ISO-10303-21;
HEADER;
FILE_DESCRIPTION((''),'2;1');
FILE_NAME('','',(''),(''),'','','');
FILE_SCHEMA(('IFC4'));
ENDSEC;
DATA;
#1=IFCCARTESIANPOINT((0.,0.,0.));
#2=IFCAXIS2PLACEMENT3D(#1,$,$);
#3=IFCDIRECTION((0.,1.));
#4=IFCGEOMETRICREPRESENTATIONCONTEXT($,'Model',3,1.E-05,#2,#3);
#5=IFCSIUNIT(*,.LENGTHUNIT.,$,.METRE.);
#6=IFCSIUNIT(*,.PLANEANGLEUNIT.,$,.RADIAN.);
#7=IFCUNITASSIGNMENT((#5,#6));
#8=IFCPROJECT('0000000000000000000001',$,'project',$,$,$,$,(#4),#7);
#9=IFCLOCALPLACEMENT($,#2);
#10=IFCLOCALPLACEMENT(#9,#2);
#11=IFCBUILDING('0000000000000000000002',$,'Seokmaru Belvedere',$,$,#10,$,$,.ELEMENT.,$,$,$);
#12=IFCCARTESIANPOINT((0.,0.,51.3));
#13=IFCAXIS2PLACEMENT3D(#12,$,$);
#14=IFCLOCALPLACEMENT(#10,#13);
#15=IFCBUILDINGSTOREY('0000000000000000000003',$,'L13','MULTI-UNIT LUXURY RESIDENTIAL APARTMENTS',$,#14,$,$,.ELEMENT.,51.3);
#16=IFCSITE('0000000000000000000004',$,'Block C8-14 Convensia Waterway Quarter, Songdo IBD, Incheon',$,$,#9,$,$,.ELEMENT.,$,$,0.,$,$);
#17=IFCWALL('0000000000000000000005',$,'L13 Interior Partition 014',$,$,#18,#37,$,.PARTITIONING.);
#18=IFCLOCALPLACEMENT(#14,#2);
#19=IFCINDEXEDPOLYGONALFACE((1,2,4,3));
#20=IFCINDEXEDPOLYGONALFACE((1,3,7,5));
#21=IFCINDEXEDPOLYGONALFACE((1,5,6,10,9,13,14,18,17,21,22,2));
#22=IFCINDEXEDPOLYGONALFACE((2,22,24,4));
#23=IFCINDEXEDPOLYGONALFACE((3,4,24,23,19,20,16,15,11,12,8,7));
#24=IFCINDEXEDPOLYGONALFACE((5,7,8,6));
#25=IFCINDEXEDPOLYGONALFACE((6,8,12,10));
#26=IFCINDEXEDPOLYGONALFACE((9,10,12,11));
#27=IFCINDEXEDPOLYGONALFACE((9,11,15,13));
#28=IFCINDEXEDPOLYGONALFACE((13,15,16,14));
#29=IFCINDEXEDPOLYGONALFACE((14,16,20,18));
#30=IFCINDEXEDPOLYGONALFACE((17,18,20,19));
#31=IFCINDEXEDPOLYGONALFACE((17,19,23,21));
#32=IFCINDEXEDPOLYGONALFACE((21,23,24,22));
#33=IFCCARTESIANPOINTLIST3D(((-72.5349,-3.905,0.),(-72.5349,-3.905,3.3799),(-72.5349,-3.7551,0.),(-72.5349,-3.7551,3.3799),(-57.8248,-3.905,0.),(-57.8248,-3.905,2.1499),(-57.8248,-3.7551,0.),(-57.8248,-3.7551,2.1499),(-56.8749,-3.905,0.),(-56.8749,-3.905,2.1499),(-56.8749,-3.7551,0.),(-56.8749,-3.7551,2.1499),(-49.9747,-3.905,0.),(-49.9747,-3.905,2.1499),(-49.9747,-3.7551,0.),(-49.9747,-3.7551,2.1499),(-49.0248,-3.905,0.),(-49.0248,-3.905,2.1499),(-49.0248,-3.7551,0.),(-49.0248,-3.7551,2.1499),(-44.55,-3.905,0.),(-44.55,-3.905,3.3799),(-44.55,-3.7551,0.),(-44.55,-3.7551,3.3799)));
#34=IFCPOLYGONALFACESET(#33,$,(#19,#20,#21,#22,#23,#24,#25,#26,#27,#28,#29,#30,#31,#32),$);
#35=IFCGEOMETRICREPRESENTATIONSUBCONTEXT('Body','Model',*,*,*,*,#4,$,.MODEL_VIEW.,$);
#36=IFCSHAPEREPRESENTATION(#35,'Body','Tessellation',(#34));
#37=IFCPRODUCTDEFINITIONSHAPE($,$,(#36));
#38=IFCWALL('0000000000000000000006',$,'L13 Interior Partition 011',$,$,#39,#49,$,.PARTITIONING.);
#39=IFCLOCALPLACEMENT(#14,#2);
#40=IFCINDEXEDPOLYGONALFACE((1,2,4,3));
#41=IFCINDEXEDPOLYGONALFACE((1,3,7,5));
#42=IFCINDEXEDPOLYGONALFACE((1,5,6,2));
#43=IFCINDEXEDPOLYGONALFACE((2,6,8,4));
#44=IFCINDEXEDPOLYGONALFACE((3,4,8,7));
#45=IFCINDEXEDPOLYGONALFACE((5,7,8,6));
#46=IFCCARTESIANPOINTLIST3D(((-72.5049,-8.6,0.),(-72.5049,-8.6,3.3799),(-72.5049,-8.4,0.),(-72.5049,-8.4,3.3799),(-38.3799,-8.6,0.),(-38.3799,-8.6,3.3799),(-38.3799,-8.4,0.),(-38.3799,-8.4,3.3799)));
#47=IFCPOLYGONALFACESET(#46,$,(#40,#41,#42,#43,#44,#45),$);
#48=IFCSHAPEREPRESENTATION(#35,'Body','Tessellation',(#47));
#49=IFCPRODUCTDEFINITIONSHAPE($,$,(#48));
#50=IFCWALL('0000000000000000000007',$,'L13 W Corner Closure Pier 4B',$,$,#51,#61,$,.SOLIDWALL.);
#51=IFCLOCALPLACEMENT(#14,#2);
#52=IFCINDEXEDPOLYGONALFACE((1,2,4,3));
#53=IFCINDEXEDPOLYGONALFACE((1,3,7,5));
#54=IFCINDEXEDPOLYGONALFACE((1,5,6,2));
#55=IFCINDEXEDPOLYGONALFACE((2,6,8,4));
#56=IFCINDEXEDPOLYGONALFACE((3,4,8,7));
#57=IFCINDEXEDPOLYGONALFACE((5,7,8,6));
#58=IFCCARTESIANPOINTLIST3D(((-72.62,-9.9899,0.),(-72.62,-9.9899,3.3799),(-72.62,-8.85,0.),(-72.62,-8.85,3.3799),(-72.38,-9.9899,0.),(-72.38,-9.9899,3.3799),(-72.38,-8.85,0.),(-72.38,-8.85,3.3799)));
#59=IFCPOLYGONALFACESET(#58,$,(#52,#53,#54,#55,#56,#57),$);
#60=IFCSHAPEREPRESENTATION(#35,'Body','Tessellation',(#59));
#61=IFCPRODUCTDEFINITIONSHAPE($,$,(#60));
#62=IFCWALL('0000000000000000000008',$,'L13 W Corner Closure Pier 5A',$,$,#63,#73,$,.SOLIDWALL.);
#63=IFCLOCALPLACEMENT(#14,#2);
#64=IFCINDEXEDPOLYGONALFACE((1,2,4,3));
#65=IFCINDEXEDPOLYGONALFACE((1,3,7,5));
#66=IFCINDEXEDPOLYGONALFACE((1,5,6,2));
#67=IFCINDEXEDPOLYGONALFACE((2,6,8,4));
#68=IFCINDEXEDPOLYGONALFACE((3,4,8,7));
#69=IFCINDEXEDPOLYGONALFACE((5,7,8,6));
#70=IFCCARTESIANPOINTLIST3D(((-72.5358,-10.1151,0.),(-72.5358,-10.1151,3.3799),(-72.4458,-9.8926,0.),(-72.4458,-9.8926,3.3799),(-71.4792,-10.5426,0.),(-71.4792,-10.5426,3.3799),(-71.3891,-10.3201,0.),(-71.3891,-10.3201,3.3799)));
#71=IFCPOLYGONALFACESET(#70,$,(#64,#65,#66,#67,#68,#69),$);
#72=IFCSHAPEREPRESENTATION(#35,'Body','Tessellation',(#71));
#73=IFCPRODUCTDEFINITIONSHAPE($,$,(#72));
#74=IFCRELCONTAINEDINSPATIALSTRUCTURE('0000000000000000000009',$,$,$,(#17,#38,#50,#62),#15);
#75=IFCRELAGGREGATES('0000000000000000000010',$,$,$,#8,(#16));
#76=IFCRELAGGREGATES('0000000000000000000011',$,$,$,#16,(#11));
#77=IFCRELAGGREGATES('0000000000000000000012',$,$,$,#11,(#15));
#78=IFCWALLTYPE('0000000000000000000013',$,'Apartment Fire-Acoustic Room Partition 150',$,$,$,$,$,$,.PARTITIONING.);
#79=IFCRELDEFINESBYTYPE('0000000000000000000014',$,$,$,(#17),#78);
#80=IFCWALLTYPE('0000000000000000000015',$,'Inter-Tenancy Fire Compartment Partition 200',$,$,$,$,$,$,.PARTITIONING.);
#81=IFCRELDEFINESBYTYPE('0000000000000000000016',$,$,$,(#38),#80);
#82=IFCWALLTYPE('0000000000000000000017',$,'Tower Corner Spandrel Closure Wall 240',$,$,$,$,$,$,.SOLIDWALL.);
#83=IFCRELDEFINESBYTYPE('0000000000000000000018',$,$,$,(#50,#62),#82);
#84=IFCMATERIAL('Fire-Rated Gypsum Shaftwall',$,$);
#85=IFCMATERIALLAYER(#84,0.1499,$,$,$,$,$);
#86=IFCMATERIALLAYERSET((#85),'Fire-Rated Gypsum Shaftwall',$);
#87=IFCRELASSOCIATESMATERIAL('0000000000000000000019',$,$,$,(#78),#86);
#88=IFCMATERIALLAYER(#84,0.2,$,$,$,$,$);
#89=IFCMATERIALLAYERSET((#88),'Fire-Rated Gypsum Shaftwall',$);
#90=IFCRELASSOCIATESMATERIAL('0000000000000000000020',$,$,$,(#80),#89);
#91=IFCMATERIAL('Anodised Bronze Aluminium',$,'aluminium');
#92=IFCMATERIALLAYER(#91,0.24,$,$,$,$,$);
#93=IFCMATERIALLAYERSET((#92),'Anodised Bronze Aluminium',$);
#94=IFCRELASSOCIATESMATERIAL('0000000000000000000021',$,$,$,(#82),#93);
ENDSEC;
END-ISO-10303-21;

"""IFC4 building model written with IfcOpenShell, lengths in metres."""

from ifc_helpers import new_model, si_unit, direction, frame, frame_2d, origin, place, context, subcontext, project, spatial, rectangle, extrude, material, layer, layer_set, type_object, element, save


model = new_model("IFC4")

# Units and contexts
model_context = context("Model", 3, precision=1e-05, world=origin(), true_north=direction((0.0, 1.0)))
body_context = subcontext(model_context, "Body", "Model", "MODEL_VIEW")
ifc_project = project(units=[si_unit("LENGTHUNIT", "METRE"), si_unit("PLANEANGLEUNIT", "RADIAN")], contexts=[model_context])

# Site, building, storey
site_placement = place(None, origin())
site = spatial("IfcSite", under=ifc_project, at=site_placement, Name="Block C8-14 Convensia Waterway Quarter, Songdo IBD, Incheon", CompositionType="ELEMENT", RefElevation=0.0)
building_placement = place(site_placement, origin())
building = spatial("IfcBuilding", under=site, at=building_placement, Name="Seokmaru Belvedere", CompositionType="ELEMENT")
storey_placement = place(building_placement, frame((0.0, 0.0, 51.3)))
storey = spatial("IfcBuildingStorey", under=building, at=storey_placement, Name="L13", Description="MULTI-UNIT LUXURY RESIDENTIAL APARTMENTS", CompositionType="ELEMENT", Elevation=51.3)

# Shared definitions
ifc_material_1 = material(Name="Anodised Bronze Aluminium", Category="aluminium")

# Wall, openings
ifc_material_2 = material(Name="Fire-Rated Gypsum Shaftwall")
ifc_layer_1 = layer(ifc_material_2, 0.1499)
ifc_layer_set_1 = layer_set([ifc_layer_1], Name="Fire-Rated Gypsum Shaftwall")
wall_type_1 = type_object("IfcWallType", Name="Apartment Fire-Acoustic Room Partition 150", PredefinedType="PARTITIONING", material=ifc_layer_set_1)
wall_1_placement = place(storey_placement, frame((-72.5349, -3.8301, 0.0), z_axis=(0.0, 0.0, 1.0), x_axis=(1.0, 0.0, 0.0)))
wall_1 = element("IfcWall", 1, at=wall_1_placement, inside=storey, type_object=wall_type_1, Name="L13 Interior Partition 014", PredefinedType="PARTITIONING", context=body_context, shape_type="SweptSolid", body=[
    extrude(rectangle(XDim=27.9849, YDim=0.1499, at=frame_2d((13.9924, 0.0))), origin(), (0.0, 0.0, 1.0), 3.3799),
])
opening_1_placement = place(wall_1_placement, frame((22.5601, 0.0, 0.0)))
element("IfcOpeningElement", 2, at=opening_1_placement, cuts=wall_1, PredefinedType="OPENING", context=body_context, shape_type="SweptSolid", body=[
    extrude(rectangle(XDim=0.95, YDim=2.1499, at=frame_2d((0.4751, 1.075))), frame((0.0, 0.085, 0.0), z_axis=(0.0, -1.0, 0.0), x_axis=(1.0, 0.0, 0.0)), (0.0, 0.0, 1.0), 0.1699),
])
opening_2_placement = place(wall_1_placement, frame((14.71, 0.0, 0.0)))
element("IfcOpeningElement", 3, at=opening_2_placement, cuts=wall_1, PredefinedType="OPENING", context=body_context, shape_type="SweptSolid", body=[
    extrude(rectangle(XDim=0.95, YDim=2.1499, at=frame_2d((0.4751, 1.075))), frame((0.0, 0.085, 0.0), z_axis=(0.0, -1.0, 0.0), x_axis=(1.0, 0.0, 0.0)), (0.0, 0.0, 1.0), 0.1699),
])

# Walls
ifc_layer_2 = layer(ifc_material_2, 0.2)
ifc_layer_set_2 = layer_set([ifc_layer_2], Name="Fire-Rated Gypsum Shaftwall")
wall_type_2 = type_object("IfcWallType", Name="Inter-Tenancy Fire Compartment Partition 200", PredefinedType="PARTITIONING", material=ifc_layer_set_2)
wall_2_placement = place(storey_placement, frame((-72.5049, -8.5, 0.0), z_axis=(0.0, 0.0, 1.0), x_axis=(1.0, 0.0, 0.0)))
element("IfcWall", 4, at=wall_2_placement, inside=storey, type_object=wall_type_2, Name="L13 Interior Partition 011", PredefinedType="PARTITIONING", context=body_context, shape_type="SweptSolid", body=[
    extrude(rectangle(XDim=34.125, YDim=0.2, at=frame_2d((17.0625, 0.0))), origin(), (0.0, 0.0, 1.0), 3.3799),
])
ifc_layer_3 = layer(ifc_material_1, 0.24)
ifc_layer_set_3 = layer_set([ifc_layer_3], Name="Anodised Bronze Aluminium")
wall_type_3 = type_object("IfcWallType", Name="Tower Corner Spandrel Closure Wall 240", PredefinedType="SOLIDWALL", material=ifc_layer_set_3)
for number, where, z_axis, x_axis, name in (
    (5, (-72.5, -8.8501, 0.0), (0.0, 0.0, 1.0), (0.0, -1.0, 0.0), "L13 W Corner Closure Pier 4B"),
    (6, (-72.4907, -10.0039, 0.0), (0.0, 0.0, 1.0), (0.927007, -0.375044, 0.0), "L13 W Corner Closure Pier 5A"),
):
    element("IfcWall", number, at=place(storey_placement, frame(where, z_axis=z_axis, x_axis=x_axis)), inside=storey, type_object=wall_type_3, Name=name, PredefinedType="SOLIDWALL", context=body_context, shape_type="SweptSolid", body=[
        extrude(rectangle(XDim=1.1399, YDim=0.24, at=frame_2d((0.5698, 0.0))), origin(), (0.0, 0.0, 1.0), 3.3799),
    ])

save(model, "model.ifc")
